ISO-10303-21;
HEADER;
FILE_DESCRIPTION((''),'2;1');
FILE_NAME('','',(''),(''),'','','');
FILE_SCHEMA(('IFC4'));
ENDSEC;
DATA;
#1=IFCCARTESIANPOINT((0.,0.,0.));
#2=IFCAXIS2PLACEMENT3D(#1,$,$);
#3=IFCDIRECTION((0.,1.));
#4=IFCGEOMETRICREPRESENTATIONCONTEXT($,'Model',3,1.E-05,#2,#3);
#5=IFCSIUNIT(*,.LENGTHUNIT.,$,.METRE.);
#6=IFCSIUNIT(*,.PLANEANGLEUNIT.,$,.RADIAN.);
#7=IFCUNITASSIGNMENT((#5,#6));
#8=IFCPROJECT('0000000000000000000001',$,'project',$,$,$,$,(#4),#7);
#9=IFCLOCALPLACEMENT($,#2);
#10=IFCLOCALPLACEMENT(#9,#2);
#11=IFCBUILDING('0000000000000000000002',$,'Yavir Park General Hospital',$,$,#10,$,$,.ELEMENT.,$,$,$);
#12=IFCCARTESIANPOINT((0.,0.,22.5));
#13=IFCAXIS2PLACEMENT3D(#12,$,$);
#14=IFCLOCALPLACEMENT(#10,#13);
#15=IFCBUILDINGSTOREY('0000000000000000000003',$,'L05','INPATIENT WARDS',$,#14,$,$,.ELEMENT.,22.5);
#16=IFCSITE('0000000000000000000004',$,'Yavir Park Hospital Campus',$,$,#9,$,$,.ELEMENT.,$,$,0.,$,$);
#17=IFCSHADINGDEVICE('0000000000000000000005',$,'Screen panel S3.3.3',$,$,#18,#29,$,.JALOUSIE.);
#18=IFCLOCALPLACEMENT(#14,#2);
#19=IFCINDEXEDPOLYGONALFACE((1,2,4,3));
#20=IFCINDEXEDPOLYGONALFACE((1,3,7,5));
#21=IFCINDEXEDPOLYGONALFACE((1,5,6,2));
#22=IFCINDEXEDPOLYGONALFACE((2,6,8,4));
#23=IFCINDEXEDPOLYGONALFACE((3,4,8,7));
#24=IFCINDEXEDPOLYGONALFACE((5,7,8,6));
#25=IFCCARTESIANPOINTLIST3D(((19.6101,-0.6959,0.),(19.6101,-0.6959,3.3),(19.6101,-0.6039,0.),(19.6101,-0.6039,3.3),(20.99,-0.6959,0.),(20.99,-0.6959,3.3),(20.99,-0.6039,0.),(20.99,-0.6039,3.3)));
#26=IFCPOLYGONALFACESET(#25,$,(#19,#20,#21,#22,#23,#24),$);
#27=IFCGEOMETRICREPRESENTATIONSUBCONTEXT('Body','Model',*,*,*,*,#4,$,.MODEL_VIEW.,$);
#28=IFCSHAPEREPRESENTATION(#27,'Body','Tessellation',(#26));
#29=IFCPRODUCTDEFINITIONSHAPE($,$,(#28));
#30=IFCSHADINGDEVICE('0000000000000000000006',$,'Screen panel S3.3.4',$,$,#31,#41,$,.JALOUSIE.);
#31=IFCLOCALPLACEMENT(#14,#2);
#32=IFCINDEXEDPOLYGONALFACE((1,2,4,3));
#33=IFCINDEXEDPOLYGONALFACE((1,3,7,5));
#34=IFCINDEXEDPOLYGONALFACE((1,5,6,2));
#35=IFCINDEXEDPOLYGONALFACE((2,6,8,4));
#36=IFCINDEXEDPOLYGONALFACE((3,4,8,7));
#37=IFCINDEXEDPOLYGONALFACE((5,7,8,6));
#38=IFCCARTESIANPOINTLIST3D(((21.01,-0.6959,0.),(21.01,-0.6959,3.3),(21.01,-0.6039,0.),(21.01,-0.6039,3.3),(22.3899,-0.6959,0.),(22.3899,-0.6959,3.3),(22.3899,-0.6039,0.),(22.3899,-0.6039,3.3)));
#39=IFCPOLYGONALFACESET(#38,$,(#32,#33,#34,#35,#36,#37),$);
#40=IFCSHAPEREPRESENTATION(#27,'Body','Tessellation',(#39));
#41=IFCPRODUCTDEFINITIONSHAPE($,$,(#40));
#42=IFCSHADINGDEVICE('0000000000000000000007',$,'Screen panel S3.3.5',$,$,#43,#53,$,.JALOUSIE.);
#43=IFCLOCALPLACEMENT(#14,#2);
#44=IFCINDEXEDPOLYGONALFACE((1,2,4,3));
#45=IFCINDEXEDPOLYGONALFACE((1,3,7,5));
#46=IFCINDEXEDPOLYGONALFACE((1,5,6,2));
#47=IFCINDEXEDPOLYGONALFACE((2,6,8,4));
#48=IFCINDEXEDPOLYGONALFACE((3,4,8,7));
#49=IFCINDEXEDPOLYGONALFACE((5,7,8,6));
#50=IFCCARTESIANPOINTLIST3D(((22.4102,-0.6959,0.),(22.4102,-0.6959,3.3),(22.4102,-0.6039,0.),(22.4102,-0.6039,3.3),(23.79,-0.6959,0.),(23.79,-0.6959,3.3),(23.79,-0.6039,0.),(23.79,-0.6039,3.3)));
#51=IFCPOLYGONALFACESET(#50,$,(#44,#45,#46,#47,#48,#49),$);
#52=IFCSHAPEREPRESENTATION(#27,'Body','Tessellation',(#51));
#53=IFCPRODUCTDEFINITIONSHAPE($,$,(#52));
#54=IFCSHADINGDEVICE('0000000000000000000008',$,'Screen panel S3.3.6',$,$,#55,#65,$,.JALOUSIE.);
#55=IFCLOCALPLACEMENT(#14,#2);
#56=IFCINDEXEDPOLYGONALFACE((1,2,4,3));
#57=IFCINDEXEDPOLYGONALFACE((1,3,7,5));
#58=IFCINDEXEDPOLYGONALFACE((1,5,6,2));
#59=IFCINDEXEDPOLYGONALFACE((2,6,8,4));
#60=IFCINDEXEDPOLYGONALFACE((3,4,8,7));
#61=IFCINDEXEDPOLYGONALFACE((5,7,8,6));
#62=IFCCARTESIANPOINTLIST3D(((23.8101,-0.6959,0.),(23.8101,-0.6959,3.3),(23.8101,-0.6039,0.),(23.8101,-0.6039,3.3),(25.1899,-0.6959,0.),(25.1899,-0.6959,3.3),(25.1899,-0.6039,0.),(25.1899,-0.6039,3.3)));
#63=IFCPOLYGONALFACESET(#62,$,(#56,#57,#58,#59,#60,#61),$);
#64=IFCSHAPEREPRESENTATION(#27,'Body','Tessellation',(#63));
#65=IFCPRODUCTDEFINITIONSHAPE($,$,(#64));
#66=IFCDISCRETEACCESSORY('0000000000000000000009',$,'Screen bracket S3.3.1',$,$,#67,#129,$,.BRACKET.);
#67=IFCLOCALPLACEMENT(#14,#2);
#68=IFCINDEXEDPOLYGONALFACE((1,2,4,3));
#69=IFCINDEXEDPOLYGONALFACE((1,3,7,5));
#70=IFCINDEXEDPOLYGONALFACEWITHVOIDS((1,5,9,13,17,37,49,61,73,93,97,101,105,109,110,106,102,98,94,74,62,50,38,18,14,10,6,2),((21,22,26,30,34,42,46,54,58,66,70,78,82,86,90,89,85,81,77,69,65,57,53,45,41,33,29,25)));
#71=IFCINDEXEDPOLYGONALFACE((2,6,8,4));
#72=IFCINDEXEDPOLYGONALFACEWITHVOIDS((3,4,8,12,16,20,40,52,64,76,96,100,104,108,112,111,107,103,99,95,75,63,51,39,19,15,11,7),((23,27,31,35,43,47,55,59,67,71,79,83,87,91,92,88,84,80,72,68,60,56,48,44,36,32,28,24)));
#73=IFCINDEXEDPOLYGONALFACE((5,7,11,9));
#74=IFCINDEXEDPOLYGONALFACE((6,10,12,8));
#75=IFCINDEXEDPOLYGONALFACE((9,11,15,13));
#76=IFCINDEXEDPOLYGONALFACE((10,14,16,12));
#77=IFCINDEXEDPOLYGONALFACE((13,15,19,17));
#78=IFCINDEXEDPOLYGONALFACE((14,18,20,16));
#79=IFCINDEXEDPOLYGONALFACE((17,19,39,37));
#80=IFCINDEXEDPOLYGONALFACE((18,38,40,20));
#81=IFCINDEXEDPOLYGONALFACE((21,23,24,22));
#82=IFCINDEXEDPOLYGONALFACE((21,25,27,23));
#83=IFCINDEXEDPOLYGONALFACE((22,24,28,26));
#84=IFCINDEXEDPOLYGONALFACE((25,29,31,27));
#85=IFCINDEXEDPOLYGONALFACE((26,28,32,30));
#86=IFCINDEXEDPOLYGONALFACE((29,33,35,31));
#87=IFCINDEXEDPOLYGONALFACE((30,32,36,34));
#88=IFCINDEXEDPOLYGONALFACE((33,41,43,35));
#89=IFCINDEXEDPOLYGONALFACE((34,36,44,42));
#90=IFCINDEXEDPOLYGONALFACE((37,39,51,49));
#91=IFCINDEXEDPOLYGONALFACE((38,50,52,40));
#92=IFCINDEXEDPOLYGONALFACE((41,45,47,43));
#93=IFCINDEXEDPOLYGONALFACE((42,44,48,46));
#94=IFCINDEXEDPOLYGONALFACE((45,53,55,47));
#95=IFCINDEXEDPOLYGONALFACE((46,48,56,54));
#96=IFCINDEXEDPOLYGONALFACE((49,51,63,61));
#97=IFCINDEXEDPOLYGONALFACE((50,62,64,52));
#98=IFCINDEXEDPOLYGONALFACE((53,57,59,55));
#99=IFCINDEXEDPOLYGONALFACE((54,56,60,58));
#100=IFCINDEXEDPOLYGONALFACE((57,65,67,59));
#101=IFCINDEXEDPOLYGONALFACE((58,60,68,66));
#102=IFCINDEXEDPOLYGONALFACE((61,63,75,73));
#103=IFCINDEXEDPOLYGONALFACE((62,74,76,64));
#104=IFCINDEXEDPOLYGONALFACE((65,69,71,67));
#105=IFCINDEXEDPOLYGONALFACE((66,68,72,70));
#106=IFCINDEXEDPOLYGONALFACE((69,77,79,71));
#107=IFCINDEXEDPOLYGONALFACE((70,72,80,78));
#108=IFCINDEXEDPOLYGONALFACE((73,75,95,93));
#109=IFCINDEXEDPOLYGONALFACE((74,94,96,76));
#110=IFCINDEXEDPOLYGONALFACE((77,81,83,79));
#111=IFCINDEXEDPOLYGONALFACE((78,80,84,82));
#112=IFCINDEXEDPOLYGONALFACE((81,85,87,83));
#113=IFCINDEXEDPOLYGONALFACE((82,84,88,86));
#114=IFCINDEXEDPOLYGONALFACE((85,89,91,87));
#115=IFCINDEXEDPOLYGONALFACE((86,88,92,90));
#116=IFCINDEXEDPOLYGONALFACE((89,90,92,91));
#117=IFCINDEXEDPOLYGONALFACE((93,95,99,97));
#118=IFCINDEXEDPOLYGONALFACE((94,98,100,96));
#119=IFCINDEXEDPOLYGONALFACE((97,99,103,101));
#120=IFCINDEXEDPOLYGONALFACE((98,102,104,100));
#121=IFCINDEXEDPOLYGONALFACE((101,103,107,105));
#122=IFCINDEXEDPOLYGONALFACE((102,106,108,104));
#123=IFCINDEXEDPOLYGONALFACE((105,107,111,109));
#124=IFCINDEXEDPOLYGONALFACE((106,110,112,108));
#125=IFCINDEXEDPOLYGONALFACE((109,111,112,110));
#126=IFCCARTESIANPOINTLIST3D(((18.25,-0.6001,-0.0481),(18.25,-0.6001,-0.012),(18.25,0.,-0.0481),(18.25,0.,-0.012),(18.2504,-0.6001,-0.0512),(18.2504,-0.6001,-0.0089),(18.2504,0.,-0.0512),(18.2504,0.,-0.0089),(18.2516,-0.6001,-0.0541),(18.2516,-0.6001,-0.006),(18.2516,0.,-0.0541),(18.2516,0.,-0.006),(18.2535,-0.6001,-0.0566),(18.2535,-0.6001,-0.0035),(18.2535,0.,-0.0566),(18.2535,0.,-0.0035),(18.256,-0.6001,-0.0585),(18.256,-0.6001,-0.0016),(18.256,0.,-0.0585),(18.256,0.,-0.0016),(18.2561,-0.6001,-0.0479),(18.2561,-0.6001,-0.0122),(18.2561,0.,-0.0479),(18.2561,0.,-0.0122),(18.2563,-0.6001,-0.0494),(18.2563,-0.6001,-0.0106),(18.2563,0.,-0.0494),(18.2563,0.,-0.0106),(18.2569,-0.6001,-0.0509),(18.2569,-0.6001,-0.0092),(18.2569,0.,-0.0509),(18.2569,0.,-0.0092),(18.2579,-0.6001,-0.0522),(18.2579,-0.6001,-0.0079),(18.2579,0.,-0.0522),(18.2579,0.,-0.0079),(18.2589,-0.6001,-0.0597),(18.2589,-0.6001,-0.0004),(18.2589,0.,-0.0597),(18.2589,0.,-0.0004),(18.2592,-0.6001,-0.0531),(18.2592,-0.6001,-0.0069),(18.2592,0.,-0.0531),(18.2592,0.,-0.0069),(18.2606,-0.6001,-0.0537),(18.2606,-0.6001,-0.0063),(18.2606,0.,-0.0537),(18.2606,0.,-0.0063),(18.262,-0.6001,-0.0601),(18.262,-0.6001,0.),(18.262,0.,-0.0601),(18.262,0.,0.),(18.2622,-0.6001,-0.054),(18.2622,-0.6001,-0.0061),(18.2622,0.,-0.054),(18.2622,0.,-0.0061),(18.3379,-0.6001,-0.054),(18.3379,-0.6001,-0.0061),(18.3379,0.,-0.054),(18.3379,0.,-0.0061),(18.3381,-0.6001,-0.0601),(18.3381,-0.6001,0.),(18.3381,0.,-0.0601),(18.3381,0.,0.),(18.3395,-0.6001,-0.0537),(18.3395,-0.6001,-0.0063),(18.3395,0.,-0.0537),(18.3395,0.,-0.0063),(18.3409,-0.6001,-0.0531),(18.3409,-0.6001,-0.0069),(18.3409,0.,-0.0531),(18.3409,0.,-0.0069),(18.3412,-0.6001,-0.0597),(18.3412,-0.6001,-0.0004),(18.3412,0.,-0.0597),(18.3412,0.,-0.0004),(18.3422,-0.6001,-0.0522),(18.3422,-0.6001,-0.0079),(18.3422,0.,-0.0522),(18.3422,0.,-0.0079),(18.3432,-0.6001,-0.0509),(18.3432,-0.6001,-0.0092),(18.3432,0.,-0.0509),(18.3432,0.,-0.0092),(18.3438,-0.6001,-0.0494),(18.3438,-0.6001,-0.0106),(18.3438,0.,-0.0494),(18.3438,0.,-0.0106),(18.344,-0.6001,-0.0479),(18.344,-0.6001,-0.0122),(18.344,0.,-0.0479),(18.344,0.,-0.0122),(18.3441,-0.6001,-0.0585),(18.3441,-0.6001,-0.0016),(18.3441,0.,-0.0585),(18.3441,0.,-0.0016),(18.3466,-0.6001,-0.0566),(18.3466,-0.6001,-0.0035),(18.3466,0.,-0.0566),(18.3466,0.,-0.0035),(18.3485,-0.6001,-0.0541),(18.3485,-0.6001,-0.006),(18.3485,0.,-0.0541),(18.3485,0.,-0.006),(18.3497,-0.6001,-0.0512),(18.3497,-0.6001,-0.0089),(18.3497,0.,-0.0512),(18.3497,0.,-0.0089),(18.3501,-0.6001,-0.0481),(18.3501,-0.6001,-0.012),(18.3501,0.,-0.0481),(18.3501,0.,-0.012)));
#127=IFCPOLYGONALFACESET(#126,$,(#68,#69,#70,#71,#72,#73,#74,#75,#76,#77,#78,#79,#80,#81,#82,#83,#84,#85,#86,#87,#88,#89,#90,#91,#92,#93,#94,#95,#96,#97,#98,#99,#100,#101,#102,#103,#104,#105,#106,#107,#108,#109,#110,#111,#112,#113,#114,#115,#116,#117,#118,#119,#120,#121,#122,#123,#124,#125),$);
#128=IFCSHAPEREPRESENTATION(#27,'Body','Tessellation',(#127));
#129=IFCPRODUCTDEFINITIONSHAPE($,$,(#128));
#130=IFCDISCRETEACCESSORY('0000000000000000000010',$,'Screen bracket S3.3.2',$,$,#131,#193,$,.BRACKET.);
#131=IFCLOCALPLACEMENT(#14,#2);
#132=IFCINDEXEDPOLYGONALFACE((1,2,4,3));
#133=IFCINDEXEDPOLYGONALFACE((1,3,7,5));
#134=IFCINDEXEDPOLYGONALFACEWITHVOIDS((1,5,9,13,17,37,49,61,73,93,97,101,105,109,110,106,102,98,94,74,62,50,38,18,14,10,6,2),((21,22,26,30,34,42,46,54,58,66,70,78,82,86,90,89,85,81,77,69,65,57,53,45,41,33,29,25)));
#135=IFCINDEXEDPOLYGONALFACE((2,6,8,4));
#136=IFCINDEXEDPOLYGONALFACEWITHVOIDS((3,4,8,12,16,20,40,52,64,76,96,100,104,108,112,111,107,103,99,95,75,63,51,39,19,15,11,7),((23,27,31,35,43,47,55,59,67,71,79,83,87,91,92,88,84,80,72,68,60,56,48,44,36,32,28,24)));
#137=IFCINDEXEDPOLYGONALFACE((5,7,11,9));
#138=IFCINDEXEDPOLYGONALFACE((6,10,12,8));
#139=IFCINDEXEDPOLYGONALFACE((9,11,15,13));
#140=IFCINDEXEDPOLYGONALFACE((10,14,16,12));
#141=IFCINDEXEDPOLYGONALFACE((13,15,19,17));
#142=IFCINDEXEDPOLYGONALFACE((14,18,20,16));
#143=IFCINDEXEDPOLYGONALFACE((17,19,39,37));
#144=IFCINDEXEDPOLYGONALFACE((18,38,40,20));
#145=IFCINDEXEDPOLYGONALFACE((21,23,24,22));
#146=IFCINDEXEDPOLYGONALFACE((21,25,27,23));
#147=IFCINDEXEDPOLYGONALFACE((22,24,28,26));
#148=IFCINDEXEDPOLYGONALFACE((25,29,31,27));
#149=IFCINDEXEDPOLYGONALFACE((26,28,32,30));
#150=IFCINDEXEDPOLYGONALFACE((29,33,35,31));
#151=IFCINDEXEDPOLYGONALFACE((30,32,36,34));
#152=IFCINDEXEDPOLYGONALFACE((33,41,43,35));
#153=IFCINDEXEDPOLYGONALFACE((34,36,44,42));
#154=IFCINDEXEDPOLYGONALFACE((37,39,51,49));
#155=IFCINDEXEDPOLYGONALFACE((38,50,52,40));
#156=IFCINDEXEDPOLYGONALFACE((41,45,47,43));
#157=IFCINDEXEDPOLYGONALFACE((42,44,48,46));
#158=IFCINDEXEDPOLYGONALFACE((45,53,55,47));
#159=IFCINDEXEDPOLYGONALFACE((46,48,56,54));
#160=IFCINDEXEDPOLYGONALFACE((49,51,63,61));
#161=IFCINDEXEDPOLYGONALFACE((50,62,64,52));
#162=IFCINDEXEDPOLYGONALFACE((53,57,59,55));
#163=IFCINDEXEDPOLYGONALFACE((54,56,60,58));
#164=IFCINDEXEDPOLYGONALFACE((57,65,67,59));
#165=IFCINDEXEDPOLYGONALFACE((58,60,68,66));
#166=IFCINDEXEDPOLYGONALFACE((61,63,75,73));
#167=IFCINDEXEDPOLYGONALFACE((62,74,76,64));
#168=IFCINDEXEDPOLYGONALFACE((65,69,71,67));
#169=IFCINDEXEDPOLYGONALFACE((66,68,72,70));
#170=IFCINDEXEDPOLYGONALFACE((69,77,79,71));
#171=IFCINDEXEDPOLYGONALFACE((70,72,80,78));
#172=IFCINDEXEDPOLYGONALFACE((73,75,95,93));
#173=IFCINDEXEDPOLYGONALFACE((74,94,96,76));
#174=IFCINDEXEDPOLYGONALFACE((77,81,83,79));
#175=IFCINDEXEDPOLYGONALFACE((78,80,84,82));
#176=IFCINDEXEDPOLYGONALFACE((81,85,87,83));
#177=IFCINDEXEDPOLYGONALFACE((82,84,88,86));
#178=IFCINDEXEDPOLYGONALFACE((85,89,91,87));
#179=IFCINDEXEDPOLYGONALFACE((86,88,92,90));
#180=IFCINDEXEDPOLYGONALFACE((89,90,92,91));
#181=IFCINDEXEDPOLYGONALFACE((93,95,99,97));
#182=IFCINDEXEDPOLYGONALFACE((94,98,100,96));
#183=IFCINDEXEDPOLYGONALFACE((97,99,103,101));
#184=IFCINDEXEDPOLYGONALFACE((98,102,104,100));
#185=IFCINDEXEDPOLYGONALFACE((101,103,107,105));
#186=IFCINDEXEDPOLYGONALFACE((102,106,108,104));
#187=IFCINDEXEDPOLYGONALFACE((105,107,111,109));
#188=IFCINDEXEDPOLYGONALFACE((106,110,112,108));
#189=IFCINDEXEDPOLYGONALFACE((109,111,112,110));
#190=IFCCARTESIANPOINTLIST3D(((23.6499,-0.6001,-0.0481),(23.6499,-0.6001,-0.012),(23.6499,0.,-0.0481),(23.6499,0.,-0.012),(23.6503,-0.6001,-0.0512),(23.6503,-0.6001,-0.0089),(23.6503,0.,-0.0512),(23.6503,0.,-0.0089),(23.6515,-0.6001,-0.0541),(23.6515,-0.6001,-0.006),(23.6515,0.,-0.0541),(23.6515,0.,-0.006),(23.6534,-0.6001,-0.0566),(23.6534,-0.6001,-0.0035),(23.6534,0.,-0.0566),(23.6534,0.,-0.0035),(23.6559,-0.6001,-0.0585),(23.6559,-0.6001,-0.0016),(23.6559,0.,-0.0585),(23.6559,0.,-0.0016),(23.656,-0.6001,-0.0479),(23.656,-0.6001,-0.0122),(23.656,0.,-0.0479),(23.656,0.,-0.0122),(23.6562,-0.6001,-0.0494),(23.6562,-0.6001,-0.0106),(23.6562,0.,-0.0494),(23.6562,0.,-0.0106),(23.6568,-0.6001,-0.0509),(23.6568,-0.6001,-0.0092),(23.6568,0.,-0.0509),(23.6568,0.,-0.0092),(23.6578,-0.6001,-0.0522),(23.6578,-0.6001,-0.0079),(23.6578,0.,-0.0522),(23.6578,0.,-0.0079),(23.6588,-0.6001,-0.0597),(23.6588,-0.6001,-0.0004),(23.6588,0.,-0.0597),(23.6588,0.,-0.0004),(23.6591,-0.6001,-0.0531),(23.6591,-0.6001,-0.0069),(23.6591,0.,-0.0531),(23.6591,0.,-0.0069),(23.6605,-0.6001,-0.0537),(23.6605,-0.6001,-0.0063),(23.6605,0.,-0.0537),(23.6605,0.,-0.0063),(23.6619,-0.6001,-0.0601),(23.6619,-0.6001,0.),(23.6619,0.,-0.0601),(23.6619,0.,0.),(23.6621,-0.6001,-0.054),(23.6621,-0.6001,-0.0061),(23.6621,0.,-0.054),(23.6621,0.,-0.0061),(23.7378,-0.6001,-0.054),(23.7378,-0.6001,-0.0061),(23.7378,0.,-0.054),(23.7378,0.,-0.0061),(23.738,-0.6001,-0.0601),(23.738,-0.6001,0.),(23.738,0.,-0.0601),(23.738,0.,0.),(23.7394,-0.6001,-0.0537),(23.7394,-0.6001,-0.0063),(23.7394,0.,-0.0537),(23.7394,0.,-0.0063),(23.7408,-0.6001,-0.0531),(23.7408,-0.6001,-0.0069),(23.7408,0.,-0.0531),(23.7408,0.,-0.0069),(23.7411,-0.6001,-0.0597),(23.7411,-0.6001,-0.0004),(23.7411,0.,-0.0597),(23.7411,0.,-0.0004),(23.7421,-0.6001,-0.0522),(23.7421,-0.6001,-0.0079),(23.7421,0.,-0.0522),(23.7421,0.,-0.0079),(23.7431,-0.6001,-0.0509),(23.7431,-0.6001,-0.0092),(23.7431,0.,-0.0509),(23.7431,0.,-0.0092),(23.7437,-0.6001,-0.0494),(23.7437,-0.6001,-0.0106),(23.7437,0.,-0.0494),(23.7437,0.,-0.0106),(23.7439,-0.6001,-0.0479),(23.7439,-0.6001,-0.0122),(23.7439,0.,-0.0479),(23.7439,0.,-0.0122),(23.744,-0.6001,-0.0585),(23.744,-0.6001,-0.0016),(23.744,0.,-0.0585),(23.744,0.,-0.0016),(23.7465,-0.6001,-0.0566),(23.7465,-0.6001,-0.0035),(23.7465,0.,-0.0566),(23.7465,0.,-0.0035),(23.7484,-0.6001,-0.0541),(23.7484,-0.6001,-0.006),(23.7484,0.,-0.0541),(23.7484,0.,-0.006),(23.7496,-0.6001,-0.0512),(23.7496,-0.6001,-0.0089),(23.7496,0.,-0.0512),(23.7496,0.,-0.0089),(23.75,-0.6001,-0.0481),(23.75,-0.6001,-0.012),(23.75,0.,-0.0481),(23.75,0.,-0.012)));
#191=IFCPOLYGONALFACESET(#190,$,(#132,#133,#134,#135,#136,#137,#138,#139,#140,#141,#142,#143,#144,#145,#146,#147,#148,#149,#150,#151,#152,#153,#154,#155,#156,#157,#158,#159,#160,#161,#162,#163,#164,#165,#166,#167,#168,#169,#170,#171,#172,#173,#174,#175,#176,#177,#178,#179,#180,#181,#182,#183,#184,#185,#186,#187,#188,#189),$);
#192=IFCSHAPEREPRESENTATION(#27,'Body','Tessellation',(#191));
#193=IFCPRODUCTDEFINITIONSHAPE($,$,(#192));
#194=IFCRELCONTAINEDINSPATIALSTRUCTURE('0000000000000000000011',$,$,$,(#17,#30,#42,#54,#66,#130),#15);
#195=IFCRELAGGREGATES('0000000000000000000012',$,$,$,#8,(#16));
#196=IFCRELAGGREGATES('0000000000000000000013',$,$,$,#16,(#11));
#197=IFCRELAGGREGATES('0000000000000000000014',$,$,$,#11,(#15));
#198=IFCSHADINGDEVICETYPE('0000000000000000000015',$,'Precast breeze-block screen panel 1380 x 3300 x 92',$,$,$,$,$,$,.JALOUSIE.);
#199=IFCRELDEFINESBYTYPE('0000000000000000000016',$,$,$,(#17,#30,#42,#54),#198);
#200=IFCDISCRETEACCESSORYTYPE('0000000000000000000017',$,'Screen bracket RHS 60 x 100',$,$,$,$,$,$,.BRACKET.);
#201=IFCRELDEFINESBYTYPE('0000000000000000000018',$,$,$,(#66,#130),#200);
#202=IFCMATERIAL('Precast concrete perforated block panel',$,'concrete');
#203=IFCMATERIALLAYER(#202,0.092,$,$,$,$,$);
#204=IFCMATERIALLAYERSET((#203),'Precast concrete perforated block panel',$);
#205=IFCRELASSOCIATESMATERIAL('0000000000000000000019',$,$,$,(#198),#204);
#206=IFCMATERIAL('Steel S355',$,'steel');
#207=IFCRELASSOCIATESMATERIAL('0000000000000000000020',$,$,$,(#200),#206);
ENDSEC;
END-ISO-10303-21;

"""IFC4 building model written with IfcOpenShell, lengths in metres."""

from ifc_helpers import new_model, si_unit, direction, frame, origin, origin_2d, place, context, subcontext, project, spatial, rectangle, hollow_rectangle, extrude, material, layer, layer_set, material_profile, profile_set, type_object, element, save


model = new_model("IFC4")

# Units and contexts
model_context = context("Model", 3, precision=1e-05, world=origin(), true_north=direction((0.0, 1.0)))
body_context = subcontext(model_context, "Body", "Model", "MODEL_VIEW")
ifc_project = project(units=[si_unit("LENGTHUNIT", "METRE"), si_unit("PLANEANGLEUNIT", "RADIAN")], contexts=[model_context])

# Site, building, storey
site_placement = place(None, origin())
site = spatial("IfcSite", under=ifc_project, at=site_placement, Name="Yavir Park Hospital Campus", CompositionType="ELEMENT", RefElevation=0.0)
building_placement = place(site_placement, origin())
building = spatial("IfcBuilding", under=site, at=building_placement, Name="Yavir Park General Hospital", CompositionType="ELEMENT")
storey_placement = place(building_placement, frame((0.0, 0.0, 22.5)))
storey = spatial("IfcBuildingStorey", under=building, at=storey_placement, Name="L05", Description="INPATIENT WARDS", CompositionType="ELEMENT", Elevation=22.5)

# Shading devices
ifc_material_1 = material(Name="Precast concrete perforated block panel", Category="concrete")
ifc_layer_1 = layer(ifc_material_1, 0.092)
ifc_layer_set_1 = layer_set([ifc_layer_1], Name="Precast concrete perforated block panel")
shading_device_type = type_object("IfcShadingDeviceType", Name="Precast breeze-block screen panel 1380 x 3300 x 92", PredefinedType="JALOUSIE", material=ifc_layer_set_1)
for number, where, z_axis, x_axis, name in (
    (1, (20.3, -0.6499, 0.0), (0.0, 0.0, 1.0), (1.0, 0.0, 0.0), "Screen panel S3.3.3"),
    (2, (21.7, -0.6499, 0.0), (0.0, 0.0, 1.0), (1.0, 0.0, 0.0), "Screen panel S3.3.4"),
    (3, (23.1001, -0.6499, 0.0), (0.0, 0.0, 1.0), (1.0, 0.0, 0.0), "Screen panel S3.3.5"),
    (4, (24.5, -0.6499, 0.0), (0.0, 0.0, 1.0), (1.0, 0.0, 0.0), "Screen panel S3.3.6"),
):
    element("IfcShadingDevice", number, at=place(storey_placement, frame(where, z_axis=z_axis, x_axis=x_axis)), inside=storey, type_object=shading_device_type, Name=name, PredefinedType="JALOUSIE", context=body_context, shape_type="SweptSolid", body=[
        extrude(rectangle(XDim=1.3799, YDim=0.092, at=origin_2d()), origin(), (0.0, 0.0, 1.0), 3.3),
    ])

# Discrete accessories
ifc_material_2 = material(Name="Steel S355", Category="steel")
ifc_material_profile_1 = material_profile(ifc_material_2, hollow_rectangle(XDim=0.1001, YDim=0.0601, WallThickness=0.0061, InnerFilletRadius=0.0061, OuterFilletRadius=0.012, at=origin_2d()), Name="RHS60x100x6")
ifc_profile_set_1 = profile_set([ifc_material_profile_1], Name="Steel S355")
discrete_accessory_type_1 = type_object("IfcDiscreteAccessoryType", Name="Screen bracket RHS 60 x 100", PredefinedType="BRACKET", material=ifc_profile_set_1)
for number, where, z_axis, x_axis, name in (
    (5, (18.3, 0.0, -0.03), (0.0, -1.0, 0.0), (1.0, 0.0, 0.0), "Screen bracket S3.3.1"),
    (6, (23.7, 0.0, -0.03), (0.0, -1.0, 0.0), (1.0, 0.0, 0.0), "Screen bracket S3.3.2"),
):
    element("IfcDiscreteAccessory", number, at=place(storey_placement, frame(where, z_axis=z_axis, x_axis=x_axis)), inside=storey, type_object=discrete_accessory_type_1, Name=name, PredefinedType="BRACKET", context=body_context, shape_type="SweptSolid", body=[
        extrude(hollow_rectangle(XDim=0.1001, YDim=0.0601, WallThickness=0.0061, InnerFilletRadius=0.0061, OuterFilletRadius=0.012, at=origin_2d()), origin(), (0.0, 0.0, 1.0), 0.6001),
    ])

save(model, "model.ifc")
